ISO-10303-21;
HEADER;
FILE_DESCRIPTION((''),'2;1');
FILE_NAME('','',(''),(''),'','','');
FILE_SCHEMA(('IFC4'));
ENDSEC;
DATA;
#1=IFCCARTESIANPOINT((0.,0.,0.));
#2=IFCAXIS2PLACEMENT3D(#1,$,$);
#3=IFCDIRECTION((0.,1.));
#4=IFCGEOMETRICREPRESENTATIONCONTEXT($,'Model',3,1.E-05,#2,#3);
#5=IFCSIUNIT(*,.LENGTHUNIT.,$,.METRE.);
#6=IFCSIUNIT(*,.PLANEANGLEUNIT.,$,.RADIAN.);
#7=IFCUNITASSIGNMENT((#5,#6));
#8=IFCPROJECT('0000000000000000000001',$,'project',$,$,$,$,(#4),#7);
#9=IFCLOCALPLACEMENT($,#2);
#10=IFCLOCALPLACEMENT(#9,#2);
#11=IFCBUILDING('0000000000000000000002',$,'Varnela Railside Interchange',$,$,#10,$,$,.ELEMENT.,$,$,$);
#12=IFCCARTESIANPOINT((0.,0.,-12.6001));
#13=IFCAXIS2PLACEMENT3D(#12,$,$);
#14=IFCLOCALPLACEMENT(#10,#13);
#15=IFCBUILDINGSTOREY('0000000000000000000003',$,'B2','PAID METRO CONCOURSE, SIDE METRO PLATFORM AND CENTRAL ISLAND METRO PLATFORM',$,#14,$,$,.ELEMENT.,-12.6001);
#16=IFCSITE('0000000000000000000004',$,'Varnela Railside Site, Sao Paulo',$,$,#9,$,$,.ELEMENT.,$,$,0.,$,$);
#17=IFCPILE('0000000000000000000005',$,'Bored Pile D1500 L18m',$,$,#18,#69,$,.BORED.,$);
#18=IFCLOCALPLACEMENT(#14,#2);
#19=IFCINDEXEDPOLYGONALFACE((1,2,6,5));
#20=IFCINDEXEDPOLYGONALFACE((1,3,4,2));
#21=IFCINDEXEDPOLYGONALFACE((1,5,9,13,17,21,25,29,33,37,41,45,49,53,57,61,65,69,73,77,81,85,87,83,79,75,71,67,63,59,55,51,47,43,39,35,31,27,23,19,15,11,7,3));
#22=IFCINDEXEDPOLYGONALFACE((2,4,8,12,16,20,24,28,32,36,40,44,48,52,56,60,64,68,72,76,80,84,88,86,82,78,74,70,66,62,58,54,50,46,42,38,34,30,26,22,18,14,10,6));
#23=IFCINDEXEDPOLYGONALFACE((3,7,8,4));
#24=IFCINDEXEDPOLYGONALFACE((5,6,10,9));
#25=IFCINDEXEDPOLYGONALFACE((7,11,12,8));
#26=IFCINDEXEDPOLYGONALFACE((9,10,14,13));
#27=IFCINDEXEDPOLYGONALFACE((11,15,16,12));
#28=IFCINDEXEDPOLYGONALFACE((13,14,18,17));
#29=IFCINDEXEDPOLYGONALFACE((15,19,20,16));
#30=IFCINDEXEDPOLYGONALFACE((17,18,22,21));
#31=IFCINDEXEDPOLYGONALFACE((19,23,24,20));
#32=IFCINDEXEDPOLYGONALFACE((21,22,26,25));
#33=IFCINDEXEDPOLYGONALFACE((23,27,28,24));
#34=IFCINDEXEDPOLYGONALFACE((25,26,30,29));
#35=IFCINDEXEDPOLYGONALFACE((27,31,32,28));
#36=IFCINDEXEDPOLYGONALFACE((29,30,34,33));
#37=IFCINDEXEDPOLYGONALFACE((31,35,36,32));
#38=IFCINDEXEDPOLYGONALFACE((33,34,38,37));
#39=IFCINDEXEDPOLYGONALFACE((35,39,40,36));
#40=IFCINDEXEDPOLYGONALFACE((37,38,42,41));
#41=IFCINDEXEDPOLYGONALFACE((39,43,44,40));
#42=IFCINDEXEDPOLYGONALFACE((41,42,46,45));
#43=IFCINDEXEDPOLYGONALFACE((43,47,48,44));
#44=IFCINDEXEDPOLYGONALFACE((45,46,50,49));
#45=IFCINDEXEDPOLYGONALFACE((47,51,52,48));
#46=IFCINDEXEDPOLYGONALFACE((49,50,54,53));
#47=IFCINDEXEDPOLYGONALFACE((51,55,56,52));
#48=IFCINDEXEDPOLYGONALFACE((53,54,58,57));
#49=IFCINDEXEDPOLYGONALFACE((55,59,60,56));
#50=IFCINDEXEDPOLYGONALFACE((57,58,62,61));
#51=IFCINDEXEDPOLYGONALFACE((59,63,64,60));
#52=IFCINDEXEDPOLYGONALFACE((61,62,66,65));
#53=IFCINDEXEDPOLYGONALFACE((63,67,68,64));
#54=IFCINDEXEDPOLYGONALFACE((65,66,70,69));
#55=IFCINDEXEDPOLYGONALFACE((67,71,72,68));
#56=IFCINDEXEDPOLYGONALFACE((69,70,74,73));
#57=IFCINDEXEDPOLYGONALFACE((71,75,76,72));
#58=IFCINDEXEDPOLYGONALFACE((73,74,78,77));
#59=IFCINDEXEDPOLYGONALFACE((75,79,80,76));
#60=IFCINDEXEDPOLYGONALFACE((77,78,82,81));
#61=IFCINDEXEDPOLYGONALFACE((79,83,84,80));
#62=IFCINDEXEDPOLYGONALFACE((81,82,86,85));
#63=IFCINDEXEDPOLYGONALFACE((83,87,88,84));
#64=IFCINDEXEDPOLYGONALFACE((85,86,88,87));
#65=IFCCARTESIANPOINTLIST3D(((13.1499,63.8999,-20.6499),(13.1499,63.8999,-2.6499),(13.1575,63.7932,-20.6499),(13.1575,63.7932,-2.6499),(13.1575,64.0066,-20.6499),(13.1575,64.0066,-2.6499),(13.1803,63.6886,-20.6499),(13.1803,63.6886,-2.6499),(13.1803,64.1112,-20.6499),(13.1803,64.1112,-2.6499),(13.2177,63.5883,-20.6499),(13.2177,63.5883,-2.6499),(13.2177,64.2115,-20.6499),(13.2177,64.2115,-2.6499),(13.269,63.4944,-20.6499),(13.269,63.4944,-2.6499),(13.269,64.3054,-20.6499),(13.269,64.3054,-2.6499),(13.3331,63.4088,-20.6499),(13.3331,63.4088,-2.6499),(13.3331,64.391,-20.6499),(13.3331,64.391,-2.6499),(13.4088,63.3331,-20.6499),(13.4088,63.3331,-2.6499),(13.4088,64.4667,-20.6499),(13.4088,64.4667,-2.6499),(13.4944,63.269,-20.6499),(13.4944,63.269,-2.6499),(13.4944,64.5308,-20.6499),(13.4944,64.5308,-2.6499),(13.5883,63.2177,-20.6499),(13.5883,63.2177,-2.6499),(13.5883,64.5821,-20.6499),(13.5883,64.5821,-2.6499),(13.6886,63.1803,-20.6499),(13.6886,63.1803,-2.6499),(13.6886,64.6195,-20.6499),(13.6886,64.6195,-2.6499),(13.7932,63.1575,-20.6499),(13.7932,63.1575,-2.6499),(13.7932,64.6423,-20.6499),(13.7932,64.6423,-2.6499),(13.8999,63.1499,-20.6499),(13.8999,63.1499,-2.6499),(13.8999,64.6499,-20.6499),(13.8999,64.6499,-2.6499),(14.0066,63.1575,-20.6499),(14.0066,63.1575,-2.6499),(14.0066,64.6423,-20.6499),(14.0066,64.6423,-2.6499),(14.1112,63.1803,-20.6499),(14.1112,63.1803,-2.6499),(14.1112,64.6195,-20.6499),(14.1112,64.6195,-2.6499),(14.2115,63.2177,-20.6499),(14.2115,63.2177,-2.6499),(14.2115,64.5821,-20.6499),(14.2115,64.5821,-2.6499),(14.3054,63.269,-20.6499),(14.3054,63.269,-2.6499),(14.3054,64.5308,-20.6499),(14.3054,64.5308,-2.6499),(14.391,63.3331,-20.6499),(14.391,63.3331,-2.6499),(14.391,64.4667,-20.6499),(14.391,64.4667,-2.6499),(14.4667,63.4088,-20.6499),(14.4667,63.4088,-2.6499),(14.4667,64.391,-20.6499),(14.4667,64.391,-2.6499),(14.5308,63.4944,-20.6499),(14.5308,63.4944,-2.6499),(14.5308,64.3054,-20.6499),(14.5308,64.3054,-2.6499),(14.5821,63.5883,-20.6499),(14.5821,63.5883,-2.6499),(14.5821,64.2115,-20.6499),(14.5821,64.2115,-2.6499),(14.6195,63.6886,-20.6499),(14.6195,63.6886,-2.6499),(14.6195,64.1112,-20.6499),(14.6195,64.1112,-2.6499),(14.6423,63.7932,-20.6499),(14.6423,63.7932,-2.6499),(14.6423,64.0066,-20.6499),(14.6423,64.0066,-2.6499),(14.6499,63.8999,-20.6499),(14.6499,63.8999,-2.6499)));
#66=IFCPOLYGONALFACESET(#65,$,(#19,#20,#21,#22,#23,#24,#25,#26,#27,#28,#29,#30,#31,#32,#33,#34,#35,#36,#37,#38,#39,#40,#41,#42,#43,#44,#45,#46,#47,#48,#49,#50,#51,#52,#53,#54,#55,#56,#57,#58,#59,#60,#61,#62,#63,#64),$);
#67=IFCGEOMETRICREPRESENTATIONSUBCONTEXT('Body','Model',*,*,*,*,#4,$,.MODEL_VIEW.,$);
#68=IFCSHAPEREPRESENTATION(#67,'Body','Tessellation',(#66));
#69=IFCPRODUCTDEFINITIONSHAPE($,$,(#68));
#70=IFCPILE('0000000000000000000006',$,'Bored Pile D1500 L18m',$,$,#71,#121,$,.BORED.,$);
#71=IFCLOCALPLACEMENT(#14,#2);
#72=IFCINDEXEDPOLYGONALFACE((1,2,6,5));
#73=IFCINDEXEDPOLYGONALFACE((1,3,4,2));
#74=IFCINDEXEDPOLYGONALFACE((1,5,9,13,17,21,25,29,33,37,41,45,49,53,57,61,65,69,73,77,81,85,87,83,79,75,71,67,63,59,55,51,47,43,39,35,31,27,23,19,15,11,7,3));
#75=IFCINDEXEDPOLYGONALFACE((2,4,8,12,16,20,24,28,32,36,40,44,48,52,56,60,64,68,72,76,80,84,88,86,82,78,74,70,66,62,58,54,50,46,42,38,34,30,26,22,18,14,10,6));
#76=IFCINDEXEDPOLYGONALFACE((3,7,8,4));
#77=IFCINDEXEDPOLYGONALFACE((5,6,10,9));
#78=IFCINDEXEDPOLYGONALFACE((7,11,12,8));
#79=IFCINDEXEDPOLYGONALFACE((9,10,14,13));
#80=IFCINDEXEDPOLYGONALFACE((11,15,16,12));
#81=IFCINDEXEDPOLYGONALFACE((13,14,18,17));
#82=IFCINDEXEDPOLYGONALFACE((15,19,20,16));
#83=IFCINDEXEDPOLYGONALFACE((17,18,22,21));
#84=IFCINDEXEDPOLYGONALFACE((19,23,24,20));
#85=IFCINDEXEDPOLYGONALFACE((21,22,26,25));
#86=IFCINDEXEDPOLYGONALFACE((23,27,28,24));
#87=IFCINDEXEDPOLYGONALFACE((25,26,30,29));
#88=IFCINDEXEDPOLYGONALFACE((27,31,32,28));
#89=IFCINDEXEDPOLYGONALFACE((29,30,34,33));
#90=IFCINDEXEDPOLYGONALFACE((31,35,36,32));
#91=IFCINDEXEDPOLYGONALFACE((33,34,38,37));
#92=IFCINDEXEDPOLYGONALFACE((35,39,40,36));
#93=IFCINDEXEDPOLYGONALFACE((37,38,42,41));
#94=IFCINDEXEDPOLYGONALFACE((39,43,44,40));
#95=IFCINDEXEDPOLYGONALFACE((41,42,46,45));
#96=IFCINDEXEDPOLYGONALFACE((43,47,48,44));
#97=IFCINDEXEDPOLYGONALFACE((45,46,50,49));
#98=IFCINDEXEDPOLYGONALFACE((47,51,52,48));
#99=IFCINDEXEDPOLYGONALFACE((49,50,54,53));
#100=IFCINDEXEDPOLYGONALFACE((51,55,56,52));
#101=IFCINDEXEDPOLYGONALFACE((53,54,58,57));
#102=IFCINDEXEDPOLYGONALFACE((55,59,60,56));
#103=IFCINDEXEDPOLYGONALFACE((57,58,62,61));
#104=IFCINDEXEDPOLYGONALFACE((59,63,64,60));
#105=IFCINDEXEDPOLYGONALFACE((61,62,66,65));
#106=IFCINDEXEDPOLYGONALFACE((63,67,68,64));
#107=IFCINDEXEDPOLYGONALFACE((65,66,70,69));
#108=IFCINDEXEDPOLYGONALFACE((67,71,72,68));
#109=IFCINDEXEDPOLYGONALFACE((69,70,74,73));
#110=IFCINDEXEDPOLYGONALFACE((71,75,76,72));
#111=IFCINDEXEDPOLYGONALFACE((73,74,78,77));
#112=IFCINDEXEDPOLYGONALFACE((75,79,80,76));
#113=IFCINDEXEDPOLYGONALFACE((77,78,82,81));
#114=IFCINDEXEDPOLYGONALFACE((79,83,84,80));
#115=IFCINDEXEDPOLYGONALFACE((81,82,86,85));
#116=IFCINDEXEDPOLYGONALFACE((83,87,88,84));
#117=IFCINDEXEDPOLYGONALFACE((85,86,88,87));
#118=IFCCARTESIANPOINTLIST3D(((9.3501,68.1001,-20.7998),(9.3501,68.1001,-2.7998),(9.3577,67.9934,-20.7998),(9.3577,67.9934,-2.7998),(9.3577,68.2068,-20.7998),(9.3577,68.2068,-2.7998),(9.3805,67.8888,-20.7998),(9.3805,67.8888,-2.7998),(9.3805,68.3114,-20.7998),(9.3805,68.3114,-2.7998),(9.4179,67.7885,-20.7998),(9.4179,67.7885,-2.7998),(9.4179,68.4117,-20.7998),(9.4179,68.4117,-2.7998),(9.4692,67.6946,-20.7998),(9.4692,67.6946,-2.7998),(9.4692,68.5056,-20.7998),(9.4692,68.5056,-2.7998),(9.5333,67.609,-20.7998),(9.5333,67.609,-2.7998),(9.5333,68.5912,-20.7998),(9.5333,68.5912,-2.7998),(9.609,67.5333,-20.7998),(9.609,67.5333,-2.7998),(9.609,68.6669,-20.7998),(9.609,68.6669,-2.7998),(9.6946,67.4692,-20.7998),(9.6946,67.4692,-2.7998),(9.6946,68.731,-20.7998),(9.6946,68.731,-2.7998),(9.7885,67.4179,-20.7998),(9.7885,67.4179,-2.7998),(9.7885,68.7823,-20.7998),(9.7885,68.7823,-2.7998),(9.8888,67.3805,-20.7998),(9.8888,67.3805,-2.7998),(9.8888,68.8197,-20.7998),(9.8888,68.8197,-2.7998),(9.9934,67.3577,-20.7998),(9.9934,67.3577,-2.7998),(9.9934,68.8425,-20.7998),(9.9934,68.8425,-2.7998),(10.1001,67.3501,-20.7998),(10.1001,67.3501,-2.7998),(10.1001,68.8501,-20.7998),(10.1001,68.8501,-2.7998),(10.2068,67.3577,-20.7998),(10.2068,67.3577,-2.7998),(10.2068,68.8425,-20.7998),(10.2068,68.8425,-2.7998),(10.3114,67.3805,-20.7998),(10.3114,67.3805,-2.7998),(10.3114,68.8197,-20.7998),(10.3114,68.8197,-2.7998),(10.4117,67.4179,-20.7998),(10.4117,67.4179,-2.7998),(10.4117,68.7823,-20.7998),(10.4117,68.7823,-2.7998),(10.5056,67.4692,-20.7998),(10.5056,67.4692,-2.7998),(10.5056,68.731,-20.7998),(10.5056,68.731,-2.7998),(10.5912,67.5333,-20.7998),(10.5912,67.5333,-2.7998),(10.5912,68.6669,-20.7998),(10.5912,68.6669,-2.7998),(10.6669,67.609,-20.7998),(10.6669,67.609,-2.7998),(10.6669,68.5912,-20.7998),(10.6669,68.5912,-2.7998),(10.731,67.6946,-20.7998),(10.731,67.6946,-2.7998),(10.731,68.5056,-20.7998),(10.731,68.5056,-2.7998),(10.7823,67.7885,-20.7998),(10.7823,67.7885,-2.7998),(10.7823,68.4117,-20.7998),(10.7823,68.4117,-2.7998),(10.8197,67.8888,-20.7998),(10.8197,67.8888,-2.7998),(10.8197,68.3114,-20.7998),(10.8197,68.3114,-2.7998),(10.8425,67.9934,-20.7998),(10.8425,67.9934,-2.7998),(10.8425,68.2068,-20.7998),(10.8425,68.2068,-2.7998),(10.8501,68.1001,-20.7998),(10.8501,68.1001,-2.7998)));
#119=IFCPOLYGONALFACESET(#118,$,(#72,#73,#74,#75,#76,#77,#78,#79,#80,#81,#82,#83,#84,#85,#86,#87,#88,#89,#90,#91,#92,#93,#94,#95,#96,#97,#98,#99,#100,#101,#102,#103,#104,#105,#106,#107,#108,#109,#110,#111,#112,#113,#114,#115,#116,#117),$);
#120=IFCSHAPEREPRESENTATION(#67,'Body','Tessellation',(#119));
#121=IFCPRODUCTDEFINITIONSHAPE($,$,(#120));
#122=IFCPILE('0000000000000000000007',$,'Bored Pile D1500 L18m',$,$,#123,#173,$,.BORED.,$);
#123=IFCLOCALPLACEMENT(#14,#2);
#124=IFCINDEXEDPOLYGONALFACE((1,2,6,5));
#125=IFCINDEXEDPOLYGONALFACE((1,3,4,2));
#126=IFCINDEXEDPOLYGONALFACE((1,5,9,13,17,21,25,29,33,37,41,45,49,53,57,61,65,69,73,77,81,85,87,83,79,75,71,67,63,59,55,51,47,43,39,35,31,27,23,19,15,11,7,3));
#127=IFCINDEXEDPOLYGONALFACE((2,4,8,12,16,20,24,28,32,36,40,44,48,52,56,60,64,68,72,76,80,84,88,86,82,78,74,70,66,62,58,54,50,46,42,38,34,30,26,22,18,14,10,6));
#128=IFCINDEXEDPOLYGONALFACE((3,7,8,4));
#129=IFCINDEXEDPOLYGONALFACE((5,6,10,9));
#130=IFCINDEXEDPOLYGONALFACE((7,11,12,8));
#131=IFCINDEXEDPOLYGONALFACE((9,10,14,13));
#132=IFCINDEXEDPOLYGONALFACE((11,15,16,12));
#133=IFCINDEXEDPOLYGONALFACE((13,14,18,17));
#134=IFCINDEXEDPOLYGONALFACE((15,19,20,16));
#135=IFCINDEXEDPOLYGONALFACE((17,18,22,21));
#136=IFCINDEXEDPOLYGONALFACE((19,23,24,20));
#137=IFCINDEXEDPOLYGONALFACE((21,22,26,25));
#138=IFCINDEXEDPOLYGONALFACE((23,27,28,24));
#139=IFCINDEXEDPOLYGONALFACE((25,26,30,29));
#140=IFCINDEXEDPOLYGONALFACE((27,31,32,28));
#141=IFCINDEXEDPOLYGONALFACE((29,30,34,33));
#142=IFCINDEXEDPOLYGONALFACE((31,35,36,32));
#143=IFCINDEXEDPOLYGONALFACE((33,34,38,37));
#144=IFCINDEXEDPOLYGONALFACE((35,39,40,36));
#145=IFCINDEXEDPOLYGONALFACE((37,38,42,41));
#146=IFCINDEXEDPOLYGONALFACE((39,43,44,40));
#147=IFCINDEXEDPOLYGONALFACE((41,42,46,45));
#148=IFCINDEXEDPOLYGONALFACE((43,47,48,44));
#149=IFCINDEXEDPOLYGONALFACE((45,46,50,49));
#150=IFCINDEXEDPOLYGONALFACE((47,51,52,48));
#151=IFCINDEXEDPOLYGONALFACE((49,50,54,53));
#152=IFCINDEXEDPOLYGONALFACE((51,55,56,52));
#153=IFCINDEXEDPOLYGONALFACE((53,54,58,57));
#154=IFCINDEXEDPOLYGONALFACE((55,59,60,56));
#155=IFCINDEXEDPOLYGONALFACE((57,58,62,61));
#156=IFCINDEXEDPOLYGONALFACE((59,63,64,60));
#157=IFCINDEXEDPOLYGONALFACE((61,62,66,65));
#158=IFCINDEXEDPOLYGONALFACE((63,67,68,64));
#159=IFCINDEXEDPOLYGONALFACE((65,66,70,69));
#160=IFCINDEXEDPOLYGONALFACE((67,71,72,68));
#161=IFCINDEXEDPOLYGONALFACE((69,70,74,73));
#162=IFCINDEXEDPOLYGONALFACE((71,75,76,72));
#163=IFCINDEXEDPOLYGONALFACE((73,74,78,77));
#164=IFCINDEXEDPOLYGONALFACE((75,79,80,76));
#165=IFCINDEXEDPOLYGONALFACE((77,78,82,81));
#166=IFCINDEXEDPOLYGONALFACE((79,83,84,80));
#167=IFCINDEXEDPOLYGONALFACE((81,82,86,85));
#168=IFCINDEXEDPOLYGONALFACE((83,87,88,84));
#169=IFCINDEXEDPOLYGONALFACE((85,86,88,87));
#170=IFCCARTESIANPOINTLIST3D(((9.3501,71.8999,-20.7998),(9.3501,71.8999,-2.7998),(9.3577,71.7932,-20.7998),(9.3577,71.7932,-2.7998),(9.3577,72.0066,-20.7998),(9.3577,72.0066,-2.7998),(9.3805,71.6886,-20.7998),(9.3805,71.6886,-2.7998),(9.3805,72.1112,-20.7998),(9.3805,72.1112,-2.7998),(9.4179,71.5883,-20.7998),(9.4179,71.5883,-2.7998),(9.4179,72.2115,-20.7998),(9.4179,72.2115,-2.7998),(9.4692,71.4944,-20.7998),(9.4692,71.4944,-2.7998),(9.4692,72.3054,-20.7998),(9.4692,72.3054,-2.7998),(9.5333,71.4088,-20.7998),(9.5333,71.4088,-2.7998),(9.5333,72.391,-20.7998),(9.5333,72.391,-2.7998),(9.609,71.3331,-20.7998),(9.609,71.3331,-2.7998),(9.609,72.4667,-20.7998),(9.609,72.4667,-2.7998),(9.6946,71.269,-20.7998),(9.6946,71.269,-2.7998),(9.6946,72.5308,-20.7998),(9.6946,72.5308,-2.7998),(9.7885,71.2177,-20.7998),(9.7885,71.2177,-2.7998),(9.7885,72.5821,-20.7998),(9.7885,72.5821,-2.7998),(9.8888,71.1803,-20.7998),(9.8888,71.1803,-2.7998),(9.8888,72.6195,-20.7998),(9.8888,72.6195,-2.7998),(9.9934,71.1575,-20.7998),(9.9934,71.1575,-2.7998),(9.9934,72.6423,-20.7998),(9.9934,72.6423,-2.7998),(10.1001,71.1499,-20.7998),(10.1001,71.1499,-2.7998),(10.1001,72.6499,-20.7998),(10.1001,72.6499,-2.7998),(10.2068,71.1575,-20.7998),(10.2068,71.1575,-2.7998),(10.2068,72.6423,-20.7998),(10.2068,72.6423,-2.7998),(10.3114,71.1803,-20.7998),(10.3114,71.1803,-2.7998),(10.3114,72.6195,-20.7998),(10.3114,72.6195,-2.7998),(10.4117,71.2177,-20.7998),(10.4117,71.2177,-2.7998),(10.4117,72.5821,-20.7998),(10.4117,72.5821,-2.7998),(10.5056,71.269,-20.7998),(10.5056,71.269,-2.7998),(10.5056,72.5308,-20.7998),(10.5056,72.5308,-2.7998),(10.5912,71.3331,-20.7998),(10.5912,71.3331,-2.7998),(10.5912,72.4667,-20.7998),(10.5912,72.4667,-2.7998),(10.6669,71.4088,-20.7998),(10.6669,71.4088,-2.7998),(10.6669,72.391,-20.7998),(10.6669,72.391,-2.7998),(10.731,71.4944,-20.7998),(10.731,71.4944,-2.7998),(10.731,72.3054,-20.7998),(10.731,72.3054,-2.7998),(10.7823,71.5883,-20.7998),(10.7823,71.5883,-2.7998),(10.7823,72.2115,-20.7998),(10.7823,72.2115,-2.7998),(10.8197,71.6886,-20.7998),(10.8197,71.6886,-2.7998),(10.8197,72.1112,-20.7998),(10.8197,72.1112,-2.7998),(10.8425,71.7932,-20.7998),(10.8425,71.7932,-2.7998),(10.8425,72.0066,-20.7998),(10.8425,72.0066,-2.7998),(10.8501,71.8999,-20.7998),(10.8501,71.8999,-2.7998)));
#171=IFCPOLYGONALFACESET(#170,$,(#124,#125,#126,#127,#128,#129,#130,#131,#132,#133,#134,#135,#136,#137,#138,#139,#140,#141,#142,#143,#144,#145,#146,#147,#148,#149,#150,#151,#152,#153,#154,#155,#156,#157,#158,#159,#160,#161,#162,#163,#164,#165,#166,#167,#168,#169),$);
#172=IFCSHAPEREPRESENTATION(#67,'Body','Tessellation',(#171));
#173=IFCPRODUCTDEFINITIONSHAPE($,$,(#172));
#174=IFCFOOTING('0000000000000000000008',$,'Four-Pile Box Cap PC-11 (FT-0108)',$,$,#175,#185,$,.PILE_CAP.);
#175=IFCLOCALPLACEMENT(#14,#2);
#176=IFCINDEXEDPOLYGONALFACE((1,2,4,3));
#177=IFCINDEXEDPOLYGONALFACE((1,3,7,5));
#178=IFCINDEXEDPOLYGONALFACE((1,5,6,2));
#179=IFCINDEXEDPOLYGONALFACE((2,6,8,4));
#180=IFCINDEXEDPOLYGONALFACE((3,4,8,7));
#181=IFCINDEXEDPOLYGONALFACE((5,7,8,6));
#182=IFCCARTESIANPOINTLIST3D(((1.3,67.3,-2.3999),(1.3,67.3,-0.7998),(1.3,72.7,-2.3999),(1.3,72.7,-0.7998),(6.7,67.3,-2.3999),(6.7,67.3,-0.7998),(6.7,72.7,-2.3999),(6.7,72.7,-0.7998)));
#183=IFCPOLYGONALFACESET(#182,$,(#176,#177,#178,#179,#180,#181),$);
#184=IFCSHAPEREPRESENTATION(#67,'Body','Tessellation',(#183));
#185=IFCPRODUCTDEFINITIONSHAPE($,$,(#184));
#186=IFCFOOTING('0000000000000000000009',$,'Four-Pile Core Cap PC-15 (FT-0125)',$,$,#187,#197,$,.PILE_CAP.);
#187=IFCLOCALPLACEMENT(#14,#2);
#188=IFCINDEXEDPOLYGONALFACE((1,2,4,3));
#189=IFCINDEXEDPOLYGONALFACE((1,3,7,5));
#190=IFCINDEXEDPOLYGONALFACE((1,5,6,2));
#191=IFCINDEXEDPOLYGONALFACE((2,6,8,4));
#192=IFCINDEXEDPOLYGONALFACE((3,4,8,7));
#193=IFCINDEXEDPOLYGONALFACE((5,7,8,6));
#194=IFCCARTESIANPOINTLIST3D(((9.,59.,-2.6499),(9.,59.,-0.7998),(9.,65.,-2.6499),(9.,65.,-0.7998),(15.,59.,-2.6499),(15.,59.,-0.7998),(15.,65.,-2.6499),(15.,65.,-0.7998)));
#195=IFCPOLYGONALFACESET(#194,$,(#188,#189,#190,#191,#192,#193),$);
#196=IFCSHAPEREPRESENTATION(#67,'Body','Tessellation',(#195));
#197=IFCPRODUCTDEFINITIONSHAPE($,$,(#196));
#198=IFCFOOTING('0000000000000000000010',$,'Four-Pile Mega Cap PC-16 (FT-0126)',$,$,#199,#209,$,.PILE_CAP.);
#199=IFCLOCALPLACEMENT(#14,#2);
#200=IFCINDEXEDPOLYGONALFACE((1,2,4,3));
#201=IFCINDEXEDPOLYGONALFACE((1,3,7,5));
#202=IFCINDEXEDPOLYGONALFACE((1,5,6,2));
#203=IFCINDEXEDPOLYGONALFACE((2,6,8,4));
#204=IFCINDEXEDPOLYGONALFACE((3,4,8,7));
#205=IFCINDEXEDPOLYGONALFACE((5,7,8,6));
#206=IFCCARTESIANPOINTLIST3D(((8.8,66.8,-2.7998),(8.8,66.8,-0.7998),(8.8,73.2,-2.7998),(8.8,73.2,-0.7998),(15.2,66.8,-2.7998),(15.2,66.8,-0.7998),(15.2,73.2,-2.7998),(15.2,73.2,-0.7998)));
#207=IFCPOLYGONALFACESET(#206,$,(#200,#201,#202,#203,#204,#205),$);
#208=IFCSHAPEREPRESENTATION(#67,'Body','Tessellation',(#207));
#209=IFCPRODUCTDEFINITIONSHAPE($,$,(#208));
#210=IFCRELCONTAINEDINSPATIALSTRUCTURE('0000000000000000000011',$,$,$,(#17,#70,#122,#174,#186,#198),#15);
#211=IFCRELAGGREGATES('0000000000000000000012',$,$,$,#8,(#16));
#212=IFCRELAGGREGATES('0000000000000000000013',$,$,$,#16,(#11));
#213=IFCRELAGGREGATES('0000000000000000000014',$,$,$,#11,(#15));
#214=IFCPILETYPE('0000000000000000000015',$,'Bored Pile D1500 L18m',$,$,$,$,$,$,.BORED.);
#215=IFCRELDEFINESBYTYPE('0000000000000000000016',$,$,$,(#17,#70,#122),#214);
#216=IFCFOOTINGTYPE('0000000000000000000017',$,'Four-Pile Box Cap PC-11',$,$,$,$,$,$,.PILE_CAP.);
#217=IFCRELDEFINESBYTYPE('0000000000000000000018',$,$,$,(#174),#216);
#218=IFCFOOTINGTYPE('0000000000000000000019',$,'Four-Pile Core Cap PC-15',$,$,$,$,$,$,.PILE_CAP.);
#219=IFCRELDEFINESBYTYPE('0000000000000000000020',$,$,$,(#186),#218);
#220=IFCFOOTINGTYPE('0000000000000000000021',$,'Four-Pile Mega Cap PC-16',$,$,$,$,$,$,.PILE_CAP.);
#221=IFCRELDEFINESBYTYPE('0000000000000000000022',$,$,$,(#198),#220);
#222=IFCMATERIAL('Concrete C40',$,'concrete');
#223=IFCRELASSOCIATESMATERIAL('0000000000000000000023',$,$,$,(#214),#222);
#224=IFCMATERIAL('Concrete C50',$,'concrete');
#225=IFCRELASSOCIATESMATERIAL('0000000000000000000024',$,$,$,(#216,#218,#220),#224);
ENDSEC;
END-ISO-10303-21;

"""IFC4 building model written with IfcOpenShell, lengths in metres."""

from ifc_helpers import new_model, si_unit, direction, frame, origin, origin_2d, place, context, subcontext, project, spatial, rectangle, circle, extrude, material, material_profile, profile_set, type_object, element, save


model = new_model("IFC4")

# Units and contexts
model_context = context("Model", 3, precision=1e-05, world=origin(), true_north=direction((0.0, 1.0)))
body_context = subcontext(model_context, "Body", "Model", "MODEL_VIEW")
ifc_project = project(units=[si_unit("LENGTHUNIT", "METRE"), si_unit("PLANEANGLEUNIT", "RADIAN")], contexts=[model_context])

# Site, building, storey
site_placement = place(None, origin())
site = spatial("IfcSite", under=ifc_project, at=site_placement, Name="Varnela Railside Site, Sao Paulo", CompositionType="ELEMENT", RefElevation=0.0)
building_placement = place(site_placement, origin())
building = spatial("IfcBuilding", under=site, at=building_placement, Name="Varnela Railside Interchange", CompositionType="ELEMENT")
storey_placement = place(building_placement, frame((0.0, 0.0, -12.6001)))
storey = spatial("IfcBuildingStorey", under=building, at=storey_placement, Name="B2", Description="PAID METRO CONCOURSE, SIDE METRO PLATFORM AND CENTRAL ISLAND METRO PLATFORM", CompositionType="ELEMENT", Elevation=-12.6001)

# Piles
ifc_material_1 = material(Name="Concrete C40", Category="concrete")
ifc_material_profile_1 = material_profile(ifc_material_1, circle(Radius=0.75, at=origin_2d()), Name="BORED PILE D1500")
ifc_profile_set_1 = profile_set([ifc_material_profile_1], Name="Concrete C40")
pile_type_1 = type_object("IfcPileType", Name="Bored Pile D1500 L18m", PredefinedType="BORED", material=ifc_profile_set_1)
for number, where, z_axis, x_axis, name in (
    (1, (13.8999, 63.8999, -2.6499), (0.0, 0.0, -1.0), (1.0, 0.0, 0.0), "Bored Pile D1500 L18m"),
    (2, (10.1001, 68.1001, -2.7998), (0.0, 0.0, -1.0), (1.0, 0.0, 0.0), "Bored Pile D1500 L18m"),
    (3, (10.1001, 71.8999, -2.7998), (0.0, 0.0, -1.0), (1.0, 0.0, 0.0), "Bored Pile D1500 L18m"),
):
    element("IfcPile", number, at=place(storey_placement, frame(where, z_axis=z_axis, x_axis=x_axis)), inside=storey, type_object=pile_type_1, Name=name, PredefinedType="BORED", context=body_context, shape_type="SweptSolid", body=[
        extrude(circle(Radius=0.75, at=origin_2d()), origin(), (0.0, 0.0, 1.0), 18.0),
    ])

# Footings
ifc_material_2 = material(Name="Concrete C50", Category="concrete")
footing_type_1 = type_object("IfcFootingType", Name="Four-Pile Box Cap PC-11", PredefinedType="PILE_CAP", material=ifc_material_2)
footing_1_placement = place(storey_placement, frame((4.0, 70.0, -2.3999), z_axis=(0.0, 0.0, 1.0), x_axis=(1.0, 0.0, 0.0)))
element("IfcFooting", 4, at=footing_1_placement, inside=storey, type_object=footing_type_1, Name="Four-Pile Box Cap PC-11 (FT-0108)", PredefinedType="PILE_CAP", context=body_context, shape_type="SweptSolid", body=[
    extrude(rectangle(XDim=5.3999, YDim=5.3999, at=origin_2d()), origin(), (0.0, 0.0, 1.0), 1.6001),
])
footing_type_2 = type_object("IfcFootingType", Name="Four-Pile Core Cap PC-15", PredefinedType="PILE_CAP", material=ifc_material_2)
footing_2_placement = place(storey_placement, frame((12.0, 62.0, -2.6499), z_axis=(0.0, 0.0, 1.0), x_axis=(1.0, 0.0, 0.0)))
element("IfcFooting", 5, at=footing_2_placement, inside=storey, type_object=footing_type_2, Name="Four-Pile Core Cap PC-15 (FT-0125)", PredefinedType="PILE_CAP", context=body_context, shape_type="SweptSolid", body=[
    extrude(rectangle(XDim=6.0, YDim=6.0, at=origin_2d()), origin(), (0.0, 0.0, 1.0), 1.8501),
])
footing_type_3 = type_object("IfcFootingType", Name="Four-Pile Mega Cap PC-16", PredefinedType="PILE_CAP", material=ifc_material_2)
footing_3_placement = place(storey_placement, frame((12.0, 70.0, -2.7998), z_axis=(0.0, 0.0, 1.0), x_axis=(1.0, 0.0, 0.0)))
element("IfcFooting", 6, at=footing_3_placement, inside=storey, type_object=footing_type_3, Name="Four-Pile Mega Cap PC-16 (FT-0126)", PredefinedType="PILE_CAP", context=body_context, shape_type="SweptSolid", body=[
    extrude(rectangle(XDim=6.3999, YDim=6.3999, at=origin_2d()), origin(), (0.0, 0.0, 1.0), 2.0),
])

save(model, "model.ifc")
